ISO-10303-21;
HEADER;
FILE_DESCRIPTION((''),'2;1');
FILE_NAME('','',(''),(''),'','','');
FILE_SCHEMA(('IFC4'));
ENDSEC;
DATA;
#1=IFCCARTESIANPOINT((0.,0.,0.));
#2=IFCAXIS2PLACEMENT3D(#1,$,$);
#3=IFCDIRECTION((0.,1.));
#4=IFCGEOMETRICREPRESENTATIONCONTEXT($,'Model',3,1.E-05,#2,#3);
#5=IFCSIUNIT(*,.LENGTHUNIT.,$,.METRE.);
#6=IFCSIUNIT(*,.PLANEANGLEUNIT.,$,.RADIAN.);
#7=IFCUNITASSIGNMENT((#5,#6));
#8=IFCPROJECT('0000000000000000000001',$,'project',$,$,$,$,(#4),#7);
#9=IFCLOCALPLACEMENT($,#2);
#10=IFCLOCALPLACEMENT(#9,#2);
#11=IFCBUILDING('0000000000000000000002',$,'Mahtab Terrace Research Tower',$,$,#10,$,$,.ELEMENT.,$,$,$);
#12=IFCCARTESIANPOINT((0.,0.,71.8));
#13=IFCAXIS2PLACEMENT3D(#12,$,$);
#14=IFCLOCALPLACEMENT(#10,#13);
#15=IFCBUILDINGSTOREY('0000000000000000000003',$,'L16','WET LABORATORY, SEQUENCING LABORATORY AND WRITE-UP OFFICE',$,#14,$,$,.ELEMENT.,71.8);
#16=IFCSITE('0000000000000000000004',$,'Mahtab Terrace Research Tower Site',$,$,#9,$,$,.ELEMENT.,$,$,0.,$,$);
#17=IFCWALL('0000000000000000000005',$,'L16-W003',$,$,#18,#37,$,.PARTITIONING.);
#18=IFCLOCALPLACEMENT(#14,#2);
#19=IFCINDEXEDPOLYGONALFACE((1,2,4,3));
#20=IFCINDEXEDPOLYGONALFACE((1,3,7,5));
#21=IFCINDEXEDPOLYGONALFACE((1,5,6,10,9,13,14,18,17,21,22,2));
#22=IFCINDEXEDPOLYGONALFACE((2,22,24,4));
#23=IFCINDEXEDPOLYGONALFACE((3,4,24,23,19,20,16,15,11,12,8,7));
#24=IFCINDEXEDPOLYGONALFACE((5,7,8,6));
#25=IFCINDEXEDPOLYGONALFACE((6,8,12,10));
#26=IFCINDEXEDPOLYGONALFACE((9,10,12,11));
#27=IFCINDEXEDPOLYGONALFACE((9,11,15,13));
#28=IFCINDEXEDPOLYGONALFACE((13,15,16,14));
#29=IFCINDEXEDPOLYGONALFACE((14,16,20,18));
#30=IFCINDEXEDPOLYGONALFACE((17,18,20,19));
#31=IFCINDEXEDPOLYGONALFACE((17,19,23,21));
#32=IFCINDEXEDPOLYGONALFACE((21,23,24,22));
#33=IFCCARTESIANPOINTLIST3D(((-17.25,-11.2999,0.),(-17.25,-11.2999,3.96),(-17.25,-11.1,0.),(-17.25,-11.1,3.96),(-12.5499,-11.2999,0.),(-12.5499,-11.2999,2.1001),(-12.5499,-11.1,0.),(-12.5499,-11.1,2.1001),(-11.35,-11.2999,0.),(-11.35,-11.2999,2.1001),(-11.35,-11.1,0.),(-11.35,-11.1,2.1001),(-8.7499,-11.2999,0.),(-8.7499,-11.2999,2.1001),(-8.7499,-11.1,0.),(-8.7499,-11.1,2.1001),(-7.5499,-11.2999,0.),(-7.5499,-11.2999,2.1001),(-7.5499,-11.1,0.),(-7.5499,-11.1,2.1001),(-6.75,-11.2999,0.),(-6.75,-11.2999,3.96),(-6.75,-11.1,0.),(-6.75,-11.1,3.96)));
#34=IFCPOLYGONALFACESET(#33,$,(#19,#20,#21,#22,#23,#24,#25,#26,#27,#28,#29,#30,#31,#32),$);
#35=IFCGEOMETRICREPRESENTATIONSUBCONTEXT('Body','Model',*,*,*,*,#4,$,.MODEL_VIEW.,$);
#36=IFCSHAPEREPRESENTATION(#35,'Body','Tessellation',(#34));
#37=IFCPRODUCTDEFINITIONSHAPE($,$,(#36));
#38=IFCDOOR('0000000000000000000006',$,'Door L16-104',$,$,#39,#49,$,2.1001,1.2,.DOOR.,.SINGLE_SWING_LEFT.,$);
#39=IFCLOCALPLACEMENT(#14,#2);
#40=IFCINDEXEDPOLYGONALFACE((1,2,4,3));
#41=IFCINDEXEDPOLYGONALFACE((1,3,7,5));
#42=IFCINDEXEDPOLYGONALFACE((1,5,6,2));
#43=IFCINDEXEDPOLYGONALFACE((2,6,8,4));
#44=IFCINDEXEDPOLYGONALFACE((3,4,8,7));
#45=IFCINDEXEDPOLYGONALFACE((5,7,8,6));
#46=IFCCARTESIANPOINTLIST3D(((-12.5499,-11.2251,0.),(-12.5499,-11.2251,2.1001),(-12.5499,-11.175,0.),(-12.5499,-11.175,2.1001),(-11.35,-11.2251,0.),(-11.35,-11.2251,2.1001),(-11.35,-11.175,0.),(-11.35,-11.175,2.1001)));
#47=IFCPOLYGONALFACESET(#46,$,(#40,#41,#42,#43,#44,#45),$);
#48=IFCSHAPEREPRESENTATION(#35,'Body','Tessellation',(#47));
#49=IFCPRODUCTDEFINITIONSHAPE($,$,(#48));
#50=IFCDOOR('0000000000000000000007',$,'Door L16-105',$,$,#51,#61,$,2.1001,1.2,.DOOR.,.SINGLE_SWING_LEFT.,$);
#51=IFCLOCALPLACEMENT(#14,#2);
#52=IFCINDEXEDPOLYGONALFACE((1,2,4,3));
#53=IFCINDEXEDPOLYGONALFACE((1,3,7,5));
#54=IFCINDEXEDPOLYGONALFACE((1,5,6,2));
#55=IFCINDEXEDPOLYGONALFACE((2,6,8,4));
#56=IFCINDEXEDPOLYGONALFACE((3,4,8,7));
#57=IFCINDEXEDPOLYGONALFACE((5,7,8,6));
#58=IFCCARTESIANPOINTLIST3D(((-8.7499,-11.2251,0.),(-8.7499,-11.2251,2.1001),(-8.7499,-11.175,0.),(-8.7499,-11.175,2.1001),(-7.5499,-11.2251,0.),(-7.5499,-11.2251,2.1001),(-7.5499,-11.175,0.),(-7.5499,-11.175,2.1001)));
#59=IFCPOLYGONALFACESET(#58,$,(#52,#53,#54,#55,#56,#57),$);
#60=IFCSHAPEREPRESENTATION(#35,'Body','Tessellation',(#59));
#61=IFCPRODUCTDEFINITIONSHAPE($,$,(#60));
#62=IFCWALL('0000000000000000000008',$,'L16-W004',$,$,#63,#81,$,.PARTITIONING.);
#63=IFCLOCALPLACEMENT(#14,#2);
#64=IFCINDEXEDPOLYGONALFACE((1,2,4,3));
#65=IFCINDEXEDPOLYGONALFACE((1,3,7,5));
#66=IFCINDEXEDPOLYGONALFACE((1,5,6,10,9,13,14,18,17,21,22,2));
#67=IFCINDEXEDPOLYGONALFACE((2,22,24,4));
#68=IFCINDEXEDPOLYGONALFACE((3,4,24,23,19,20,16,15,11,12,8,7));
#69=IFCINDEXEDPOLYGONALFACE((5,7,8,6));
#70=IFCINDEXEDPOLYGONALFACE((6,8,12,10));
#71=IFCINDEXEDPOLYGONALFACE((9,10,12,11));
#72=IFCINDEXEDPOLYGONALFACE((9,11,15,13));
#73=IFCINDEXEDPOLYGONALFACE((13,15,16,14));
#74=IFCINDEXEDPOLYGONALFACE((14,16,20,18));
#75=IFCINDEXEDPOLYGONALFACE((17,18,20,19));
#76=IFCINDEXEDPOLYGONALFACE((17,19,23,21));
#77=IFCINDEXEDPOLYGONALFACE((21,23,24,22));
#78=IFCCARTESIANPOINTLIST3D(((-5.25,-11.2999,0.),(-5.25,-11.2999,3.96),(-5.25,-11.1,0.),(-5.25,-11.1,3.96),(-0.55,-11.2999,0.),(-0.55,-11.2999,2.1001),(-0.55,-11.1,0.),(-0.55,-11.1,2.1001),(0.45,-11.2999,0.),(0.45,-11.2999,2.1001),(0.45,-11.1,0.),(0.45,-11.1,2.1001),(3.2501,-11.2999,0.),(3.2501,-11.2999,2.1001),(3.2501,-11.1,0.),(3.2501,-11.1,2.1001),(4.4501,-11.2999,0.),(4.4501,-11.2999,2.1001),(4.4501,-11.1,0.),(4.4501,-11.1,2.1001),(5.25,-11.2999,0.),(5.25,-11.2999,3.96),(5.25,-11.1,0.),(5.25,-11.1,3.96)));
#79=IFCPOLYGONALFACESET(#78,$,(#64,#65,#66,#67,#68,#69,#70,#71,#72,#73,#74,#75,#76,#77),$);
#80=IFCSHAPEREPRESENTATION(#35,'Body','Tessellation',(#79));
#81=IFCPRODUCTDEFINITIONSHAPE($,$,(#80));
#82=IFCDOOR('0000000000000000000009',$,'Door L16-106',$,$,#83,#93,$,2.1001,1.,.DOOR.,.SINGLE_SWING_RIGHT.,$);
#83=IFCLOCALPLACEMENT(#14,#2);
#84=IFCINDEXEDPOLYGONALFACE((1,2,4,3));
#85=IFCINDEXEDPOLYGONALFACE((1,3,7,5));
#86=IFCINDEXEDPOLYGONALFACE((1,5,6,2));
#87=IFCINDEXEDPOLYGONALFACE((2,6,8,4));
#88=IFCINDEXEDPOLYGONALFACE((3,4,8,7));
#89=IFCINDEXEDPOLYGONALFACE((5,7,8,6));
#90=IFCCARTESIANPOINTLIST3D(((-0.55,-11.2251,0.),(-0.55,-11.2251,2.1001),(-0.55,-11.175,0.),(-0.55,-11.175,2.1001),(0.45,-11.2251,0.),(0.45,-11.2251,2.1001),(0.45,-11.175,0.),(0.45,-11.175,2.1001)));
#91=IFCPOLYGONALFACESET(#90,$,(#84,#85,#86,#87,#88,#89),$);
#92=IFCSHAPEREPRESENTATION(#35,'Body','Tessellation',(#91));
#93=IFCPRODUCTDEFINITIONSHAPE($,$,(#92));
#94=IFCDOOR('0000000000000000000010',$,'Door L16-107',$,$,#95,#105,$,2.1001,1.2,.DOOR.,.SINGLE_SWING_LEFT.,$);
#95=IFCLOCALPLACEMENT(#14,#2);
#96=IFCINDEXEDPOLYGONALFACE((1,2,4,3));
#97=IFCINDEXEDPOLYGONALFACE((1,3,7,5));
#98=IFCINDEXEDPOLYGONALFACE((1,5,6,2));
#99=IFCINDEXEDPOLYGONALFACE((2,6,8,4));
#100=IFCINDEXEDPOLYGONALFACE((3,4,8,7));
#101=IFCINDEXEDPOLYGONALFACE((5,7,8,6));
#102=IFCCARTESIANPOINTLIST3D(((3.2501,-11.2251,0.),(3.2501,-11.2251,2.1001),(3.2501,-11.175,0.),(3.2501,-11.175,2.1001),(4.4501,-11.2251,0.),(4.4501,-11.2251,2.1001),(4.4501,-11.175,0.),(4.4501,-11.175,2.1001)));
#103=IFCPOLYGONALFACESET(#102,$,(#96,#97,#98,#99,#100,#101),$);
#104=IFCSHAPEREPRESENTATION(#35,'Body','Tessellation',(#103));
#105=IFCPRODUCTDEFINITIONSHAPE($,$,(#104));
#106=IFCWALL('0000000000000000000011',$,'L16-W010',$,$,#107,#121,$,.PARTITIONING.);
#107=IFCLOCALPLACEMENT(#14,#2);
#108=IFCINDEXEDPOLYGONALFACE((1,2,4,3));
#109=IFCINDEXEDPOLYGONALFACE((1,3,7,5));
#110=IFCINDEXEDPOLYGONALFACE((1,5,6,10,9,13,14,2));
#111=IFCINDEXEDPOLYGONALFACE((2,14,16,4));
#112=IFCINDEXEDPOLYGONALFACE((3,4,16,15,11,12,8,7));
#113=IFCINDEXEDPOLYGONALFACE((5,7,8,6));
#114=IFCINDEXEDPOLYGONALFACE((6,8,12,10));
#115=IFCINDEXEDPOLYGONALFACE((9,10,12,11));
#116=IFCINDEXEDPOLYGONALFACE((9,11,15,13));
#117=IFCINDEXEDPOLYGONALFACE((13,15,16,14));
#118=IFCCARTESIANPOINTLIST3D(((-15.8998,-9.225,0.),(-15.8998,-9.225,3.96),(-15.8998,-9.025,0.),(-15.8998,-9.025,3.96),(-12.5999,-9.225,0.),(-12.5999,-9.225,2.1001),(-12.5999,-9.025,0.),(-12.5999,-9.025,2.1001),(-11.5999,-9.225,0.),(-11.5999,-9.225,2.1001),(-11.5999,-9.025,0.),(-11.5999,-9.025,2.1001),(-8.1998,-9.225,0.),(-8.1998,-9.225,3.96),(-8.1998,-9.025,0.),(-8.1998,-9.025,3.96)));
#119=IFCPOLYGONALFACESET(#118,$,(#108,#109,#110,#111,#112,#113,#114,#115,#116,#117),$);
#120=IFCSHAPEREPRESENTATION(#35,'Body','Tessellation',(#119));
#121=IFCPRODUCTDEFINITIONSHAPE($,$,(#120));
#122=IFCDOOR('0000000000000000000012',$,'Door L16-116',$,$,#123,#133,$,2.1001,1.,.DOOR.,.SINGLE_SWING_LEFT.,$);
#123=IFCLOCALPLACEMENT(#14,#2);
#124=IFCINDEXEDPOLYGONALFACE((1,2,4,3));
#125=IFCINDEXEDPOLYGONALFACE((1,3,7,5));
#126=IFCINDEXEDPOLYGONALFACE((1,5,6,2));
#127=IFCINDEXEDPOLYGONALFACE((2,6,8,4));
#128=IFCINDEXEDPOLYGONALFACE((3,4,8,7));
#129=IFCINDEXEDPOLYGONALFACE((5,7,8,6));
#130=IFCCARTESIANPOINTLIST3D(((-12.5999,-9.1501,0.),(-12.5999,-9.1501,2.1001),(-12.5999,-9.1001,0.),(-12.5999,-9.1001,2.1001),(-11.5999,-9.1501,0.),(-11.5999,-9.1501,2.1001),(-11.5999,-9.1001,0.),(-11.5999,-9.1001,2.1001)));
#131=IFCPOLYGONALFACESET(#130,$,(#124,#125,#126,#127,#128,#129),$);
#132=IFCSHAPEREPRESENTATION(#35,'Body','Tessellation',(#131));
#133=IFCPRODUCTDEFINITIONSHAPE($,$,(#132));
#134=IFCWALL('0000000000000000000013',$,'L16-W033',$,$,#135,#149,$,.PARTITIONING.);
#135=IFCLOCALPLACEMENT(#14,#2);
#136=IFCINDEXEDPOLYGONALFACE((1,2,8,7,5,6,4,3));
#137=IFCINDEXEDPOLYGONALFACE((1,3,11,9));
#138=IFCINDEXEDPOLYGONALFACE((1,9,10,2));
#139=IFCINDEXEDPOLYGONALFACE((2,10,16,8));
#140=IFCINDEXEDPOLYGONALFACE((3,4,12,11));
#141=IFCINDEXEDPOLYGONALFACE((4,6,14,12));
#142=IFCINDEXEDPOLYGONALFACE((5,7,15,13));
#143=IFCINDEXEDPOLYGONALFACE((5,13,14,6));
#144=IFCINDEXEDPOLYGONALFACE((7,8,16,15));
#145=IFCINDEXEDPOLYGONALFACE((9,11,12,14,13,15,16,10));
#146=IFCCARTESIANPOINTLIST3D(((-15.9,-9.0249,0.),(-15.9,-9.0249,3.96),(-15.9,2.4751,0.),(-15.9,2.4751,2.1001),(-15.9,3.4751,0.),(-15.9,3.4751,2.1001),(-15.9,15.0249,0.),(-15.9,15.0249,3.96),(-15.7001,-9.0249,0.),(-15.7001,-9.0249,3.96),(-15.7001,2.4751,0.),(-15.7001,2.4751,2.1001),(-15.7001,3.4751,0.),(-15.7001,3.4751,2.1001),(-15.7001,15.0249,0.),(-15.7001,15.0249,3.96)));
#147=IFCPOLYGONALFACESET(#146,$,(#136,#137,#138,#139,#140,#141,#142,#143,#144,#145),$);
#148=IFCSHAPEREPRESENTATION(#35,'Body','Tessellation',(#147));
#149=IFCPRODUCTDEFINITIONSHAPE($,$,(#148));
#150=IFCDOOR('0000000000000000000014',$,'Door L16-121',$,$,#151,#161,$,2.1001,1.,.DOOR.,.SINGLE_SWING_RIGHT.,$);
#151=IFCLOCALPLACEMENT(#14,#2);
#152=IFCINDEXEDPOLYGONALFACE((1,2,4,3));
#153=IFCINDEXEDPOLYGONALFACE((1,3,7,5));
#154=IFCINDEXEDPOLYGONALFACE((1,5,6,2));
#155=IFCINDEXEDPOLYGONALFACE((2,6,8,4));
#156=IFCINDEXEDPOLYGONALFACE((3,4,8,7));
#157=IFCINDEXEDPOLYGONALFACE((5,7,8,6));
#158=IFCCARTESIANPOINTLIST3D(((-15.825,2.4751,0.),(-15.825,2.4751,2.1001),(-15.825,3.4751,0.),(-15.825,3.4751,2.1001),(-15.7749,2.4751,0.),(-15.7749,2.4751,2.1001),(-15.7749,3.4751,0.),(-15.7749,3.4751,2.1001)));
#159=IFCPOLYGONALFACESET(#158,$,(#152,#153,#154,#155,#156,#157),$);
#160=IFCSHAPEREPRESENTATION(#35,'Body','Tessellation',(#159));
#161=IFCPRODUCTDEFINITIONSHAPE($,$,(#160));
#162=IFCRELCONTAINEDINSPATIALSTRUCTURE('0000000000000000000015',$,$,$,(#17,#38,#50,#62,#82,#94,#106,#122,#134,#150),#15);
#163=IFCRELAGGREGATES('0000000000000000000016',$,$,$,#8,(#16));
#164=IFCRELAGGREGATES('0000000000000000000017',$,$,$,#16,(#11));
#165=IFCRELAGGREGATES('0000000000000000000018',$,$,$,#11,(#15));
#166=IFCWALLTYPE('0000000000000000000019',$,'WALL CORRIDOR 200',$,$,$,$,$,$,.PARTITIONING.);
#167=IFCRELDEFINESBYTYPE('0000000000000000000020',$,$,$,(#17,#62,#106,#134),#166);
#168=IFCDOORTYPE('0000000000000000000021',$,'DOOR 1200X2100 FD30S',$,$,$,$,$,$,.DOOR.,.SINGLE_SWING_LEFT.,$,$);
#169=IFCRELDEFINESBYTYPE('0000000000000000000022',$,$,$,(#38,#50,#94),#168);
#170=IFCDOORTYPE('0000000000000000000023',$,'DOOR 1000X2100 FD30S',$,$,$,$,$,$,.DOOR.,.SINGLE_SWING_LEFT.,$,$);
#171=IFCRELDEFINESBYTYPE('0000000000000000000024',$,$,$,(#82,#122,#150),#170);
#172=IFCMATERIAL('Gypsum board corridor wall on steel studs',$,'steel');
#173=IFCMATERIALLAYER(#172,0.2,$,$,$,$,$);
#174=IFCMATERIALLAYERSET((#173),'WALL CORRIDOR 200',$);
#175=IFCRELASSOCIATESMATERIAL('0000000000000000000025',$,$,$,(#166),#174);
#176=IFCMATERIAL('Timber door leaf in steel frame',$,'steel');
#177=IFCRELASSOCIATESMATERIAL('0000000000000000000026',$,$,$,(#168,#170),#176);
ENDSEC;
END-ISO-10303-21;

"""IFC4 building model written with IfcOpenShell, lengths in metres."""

from ifc_helpers import new_model, si_unit, direction, frame, frame_2d, origin, place, context, subcontext, project, spatial, rectangle, extrude, material, layer, layer_set, type_object, element, fill, save


model = new_model("IFC4")

# Units and contexts
model_context = context("Model", 3, precision=1e-05, world=origin(), true_north=direction((0.0, 1.0)))
body_context = subcontext(model_context, "Body", "Model", "MODEL_VIEW")
ifc_project = project(units=[si_unit("LENGTHUNIT", "METRE"), si_unit("PLANEANGLEUNIT", "RADIAN")], contexts=[model_context])

# Site, building, storey
site_placement = place(None, origin())
site = spatial("IfcSite", under=ifc_project, at=site_placement, Name="Mahtab Terrace Research Tower Site", CompositionType="ELEMENT", RefElevation=0.0)
building_placement = place(site_placement, origin())
building = spatial("IfcBuilding", under=site, at=building_placement, Name="Mahtab Terrace Research Tower", CompositionType="ELEMENT")
storey_placement = place(building_placement, frame((0.0, 0.0, 71.8)))
storey = spatial("IfcBuildingStorey", under=building, at=storey_placement, Name="L16", Description="WET LABORATORY, SEQUENCING LABORATORY AND WRITE-UP OFFICE", CompositionType="ELEMENT", Elevation=71.8)

# Walls, openings, doors
ifc_material_1 = material(Name="Gypsum board corridor wall on steel studs", Category="steel")
ifc_layer_1 = layer(ifc_material_1, 0.2)
ifc_layer_set_1 = layer_set([ifc_layer_1], Name="WALL CORRIDOR 200")
wall_type_1 = type_object("IfcWallType", Name="WALL CORRIDOR 200", PredefinedType="PARTITIONING", material=ifc_layer_set_1)
wall_1_placement = place(storey_placement, frame((-17.25, -11.2, 0.0), z_axis=(0.0, 0.0, 1.0), x_axis=(1.0, 0.0, 0.0)))
wall_1 = element("IfcWall", 1, at=wall_1_placement, inside=storey, type_object=wall_type_1, Name="L16-W003", PredefinedType="PARTITIONING", context=body_context, shape_type="SweptSolid", body=[
    extrude(rectangle(XDim=10.5, YDim=0.2, at=frame_2d((5.25, 0.0))), origin(), (0.0, 0.0, 1.0), 3.96),
])
opening_1_placement = place(wall_1_placement, frame((4.7, 0.0, 0.0)))
opening_1 = element("IfcOpeningElement", 2, at=opening_1_placement, cuts=wall_1, PredefinedType="OPENING", context=body_context, shape_type="SweptSolid", body=[
    extrude(rectangle(XDim=1.2, YDim=2.1001, at=frame_2d((0.6001, 1.05))), frame((0.0, 0.1099, 0.0), z_axis=(0.0, -1.0, 0.0), x_axis=(1.0, 0.0, 0.0)), (0.0, 0.0, 1.0), 0.22),
])
opening_2_placement = place(wall_1_placement, frame((8.5, 0.0, 0.0)))
opening_2 = element("IfcOpeningElement", 3, at=opening_2_placement, cuts=wall_1, PredefinedType="OPENING", context=body_context, shape_type="SweptSolid", body=[
    extrude(rectangle(XDim=1.2, YDim=2.1001, at=frame_2d((0.6001, 1.05))), frame((0.0, 0.1099, 0.0), z_axis=(0.0, -1.0, 0.0), x_axis=(1.0, 0.0, 0.0)), (0.0, 0.0, 1.0), 0.22),
])
ifc_material_2 = material(Name="Timber door leaf in steel frame", Category="steel")
door_type_1 = type_object("IfcDoorType", Name="DOOR 1200X2100 FD30S", OperationType="SINGLE_SWING_LEFT", PredefinedType="DOOR", material=ifc_material_2)
door_1_placement = place(opening_1_placement, origin())
door_1 = element("IfcDoor", 4, at=door_1_placement, inside=storey, type_object=door_type_1, Name="Door L16-104", OperationType="SINGLE_SWING_LEFT", OverallHeight=2.1001, OverallWidth=1.2, PredefinedType="DOOR", context=body_context, shape_type="SweptSolid", body=[
    extrude(rectangle(XDim=1.2, YDim=2.1001, at=frame_2d((0.6001, 1.05))), frame((0.0, 0.0249, 0.0), z_axis=(0.0, -1.0, 0.0), x_axis=(1.0, 0.0, 0.0)), (0.0, 0.0, 1.0), 0.05),
])
fill(opening_1, door_1)
door_2_placement = place(opening_2_placement, origin())
door_2 = element("IfcDoor", 5, at=door_2_placement, inside=storey, type_object=door_type_1, Name="Door L16-105", OperationType="SINGLE_SWING_LEFT", OverallHeight=2.1001, OverallWidth=1.2, PredefinedType="DOOR", context=body_context, shape_type="SweptSolid", body=[
    extrude(rectangle(XDim=1.2, YDim=2.1001, at=frame_2d((0.6001, 1.05))), frame((0.0, 0.0249, 0.0), z_axis=(0.0, -1.0, 0.0), x_axis=(1.0, 0.0, 0.0)), (0.0, 0.0, 1.0), 0.05),
])
fill(opening_2, door_2)
wall_2_placement = place(storey_placement, frame((-5.25, -11.2, 0.0), z_axis=(0.0, 0.0, 1.0), x_axis=(1.0, 0.0, 0.0)))
wall_2 = element("IfcWall", 6, at=wall_2_placement, inside=storey, type_object=wall_type_1, Name="L16-W004", PredefinedType="PARTITIONING", context=body_context, shape_type="SweptSolid", body=[
    extrude(rectangle(XDim=10.5, YDim=0.2, at=frame_2d((5.25, 0.0))), origin(), (0.0, 0.0, 1.0), 3.96),
])
opening_3_placement = place(wall_2_placement, frame((4.7, 0.0, 0.0)))
opening_3 = element("IfcOpeningElement", 7, at=opening_3_placement, cuts=wall_2, PredefinedType="OPENING", context=body_context, shape_type="SweptSolid", body=[
    extrude(rectangle(XDim=1.0, YDim=2.1001, at=frame_2d((0.5, 1.05))), frame((0.0, 0.1099, 0.0), z_axis=(0.0, -1.0, 0.0), x_axis=(1.0, 0.0, 0.0)), (0.0, 0.0, 1.0), 0.22),
])
opening_4_placement = place(wall_2_placement, frame((8.5, 0.0, 0.0)))
opening_4 = element("IfcOpeningElement", 8, at=opening_4_placement, cuts=wall_2, PredefinedType="OPENING", context=body_context, shape_type="SweptSolid", body=[
    extrude(rectangle(XDim=1.2, YDim=2.1001, at=frame_2d((0.6001, 1.05))), frame((0.0, 0.1099, 0.0), z_axis=(0.0, -1.0, 0.0), x_axis=(1.0, 0.0, 0.0)), (0.0, 0.0, 1.0), 0.22),
])
door_type_2 = type_object("IfcDoorType", Name="DOOR 1000X2100 FD30S", OperationType="SINGLE_SWING_LEFT", PredefinedType="DOOR", material=ifc_material_2)
door_3_placement = place(opening_3_placement, origin())
door_3 = element("IfcDoor", 9, at=door_3_placement, inside=storey, type_object=door_type_2, Name="Door L16-106", OperationType="SINGLE_SWING_RIGHT", OverallHeight=2.1001, OverallWidth=1.0, PredefinedType="DOOR", context=body_context, shape_type="SweptSolid", body=[
    extrude(rectangle(XDim=1.0, YDim=2.1001, at=frame_2d((0.5, 1.05))), frame((0.0, 0.0249, 0.0), z_axis=(0.0, -1.0, 0.0), x_axis=(1.0, 0.0, 0.0)), (0.0, 0.0, 1.0), 0.05),
])
fill(opening_3, door_3)
door_4_placement = place(opening_4_placement, origin())
door_4 = element("IfcDoor", 10, at=door_4_placement, inside=storey, type_object=door_type_1, Name="Door L16-107", OperationType="SINGLE_SWING_LEFT", OverallHeight=2.1001, OverallWidth=1.2, PredefinedType="DOOR", context=body_context, shape_type="SweptSolid", body=[
    extrude(rectangle(XDim=1.2, YDim=2.1001, at=frame_2d((0.6001, 1.05))), frame((0.0, 0.0249, 0.0), z_axis=(0.0, -1.0, 0.0), x_axis=(1.0, 0.0, 0.0)), (0.0, 0.0, 1.0), 0.05),
])
fill(opening_4, door_4)

# Walls, openings, doors
wall_3_placement = place(storey_placement, frame((-15.8999, -9.125, 0.0), z_axis=(0.0, 0.0, 1.0), x_axis=(1.0, 0.0, 0.0)))
wall_3 = element("IfcWall", 11, at=wall_3_placement, inside=storey, type_object=wall_type_1, Name="L16-W010", PredefinedType="PARTITIONING", context=body_context, shape_type="SweptSolid", body=[
    extrude(rectangle(XDim=7.7, YDim=0.2, at=frame_2d((3.8501, 0.0))), origin(), (0.0, 0.0, 1.0), 3.96),
])
opening_5_placement = place(wall_3_placement, frame((3.3, 0.0, 0.0)))
opening_5 = element("IfcOpeningElement", 12, at=opening_5_placement, cuts=wall_3, PredefinedType="OPENING", context=body_context, shape_type="SweptSolid", body=[
    extrude(rectangle(XDim=1.0, YDim=2.1001, at=frame_2d((0.5, 1.05))), frame((0.0, 0.1099, 0.0), z_axis=(0.0, -1.0, 0.0), x_axis=(1.0, 0.0, 0.0)), (0.0, 0.0, 1.0), 0.22),
])
door_5_placement = place(opening_5_placement, origin())
door_5 = element("IfcDoor", 13, at=door_5_placement, inside=storey, type_object=door_type_2, Name="Door L16-116", OperationType="SINGLE_SWING_LEFT", OverallHeight=2.1001, OverallWidth=1.0, PredefinedType="DOOR", context=body_context, shape_type="SweptSolid", body=[
    extrude(rectangle(XDim=1.0, YDim=2.1001, at=frame_2d((0.5, 1.05))), frame((0.0, 0.0249, 0.0), z_axis=(0.0, -1.0, 0.0), x_axis=(1.0, 0.0, 0.0)), (0.0, 0.0, 1.0), 0.05),
])
fill(opening_5, door_5)
wall_4_placement = place(storey_placement, frame((-15.8, -9.0249, 0.0), z_axis=(0.0, 0.0, 1.0), x_axis=(0.0, 1.0, 0.0)))
wall_4 = element("IfcWall", 14, at=wall_4_placement, inside=storey, type_object=wall_type_1, Name="L16-W033", PredefinedType="PARTITIONING", context=body_context, shape_type="SweptSolid", body=[
    extrude(rectangle(XDim=24.0498, YDim=0.2, at=frame_2d((12.0249, 0.0))), origin(), (0.0, 0.0, 1.0), 3.96),
])
opening_6_placement = place(wall_4_placement, frame((11.5, 0.0, 0.0)))
opening_6 = element("IfcOpeningElement", 15, at=opening_6_placement, cuts=wall_4, PredefinedType="OPENING", context=body_context, shape_type="SweptSolid", body=[
    extrude(rectangle(XDim=1.0, YDim=2.1001, at=frame_2d((0.5, 1.05))), frame((0.0, 0.1099, 0.0), z_axis=(0.0, -1.0, 0.0), x_axis=(1.0, 0.0, 0.0)), (0.0, 0.0, 1.0), 0.22),
])
door_6_placement = place(opening_6_placement, origin())
door_6 = element("IfcDoor", 16, at=door_6_placement, inside=storey, type_object=door_type_2, Name="Door L16-121", OperationType="SINGLE_SWING_RIGHT", OverallHeight=2.1001, OverallWidth=1.0, PredefinedType="DOOR", context=body_context, shape_type="SweptSolid", body=[
    extrude(rectangle(XDim=1.0, YDim=2.1001, at=frame_2d((0.5, 1.05))), frame((0.0, 0.0249, 0.0), z_axis=(0.0, -1.0, 0.0), x_axis=(1.0, 0.0, 0.0)), (0.0, 0.0, 1.0), 0.05),
])
fill(opening_6, door_6)

save(model, "model.ifc")
